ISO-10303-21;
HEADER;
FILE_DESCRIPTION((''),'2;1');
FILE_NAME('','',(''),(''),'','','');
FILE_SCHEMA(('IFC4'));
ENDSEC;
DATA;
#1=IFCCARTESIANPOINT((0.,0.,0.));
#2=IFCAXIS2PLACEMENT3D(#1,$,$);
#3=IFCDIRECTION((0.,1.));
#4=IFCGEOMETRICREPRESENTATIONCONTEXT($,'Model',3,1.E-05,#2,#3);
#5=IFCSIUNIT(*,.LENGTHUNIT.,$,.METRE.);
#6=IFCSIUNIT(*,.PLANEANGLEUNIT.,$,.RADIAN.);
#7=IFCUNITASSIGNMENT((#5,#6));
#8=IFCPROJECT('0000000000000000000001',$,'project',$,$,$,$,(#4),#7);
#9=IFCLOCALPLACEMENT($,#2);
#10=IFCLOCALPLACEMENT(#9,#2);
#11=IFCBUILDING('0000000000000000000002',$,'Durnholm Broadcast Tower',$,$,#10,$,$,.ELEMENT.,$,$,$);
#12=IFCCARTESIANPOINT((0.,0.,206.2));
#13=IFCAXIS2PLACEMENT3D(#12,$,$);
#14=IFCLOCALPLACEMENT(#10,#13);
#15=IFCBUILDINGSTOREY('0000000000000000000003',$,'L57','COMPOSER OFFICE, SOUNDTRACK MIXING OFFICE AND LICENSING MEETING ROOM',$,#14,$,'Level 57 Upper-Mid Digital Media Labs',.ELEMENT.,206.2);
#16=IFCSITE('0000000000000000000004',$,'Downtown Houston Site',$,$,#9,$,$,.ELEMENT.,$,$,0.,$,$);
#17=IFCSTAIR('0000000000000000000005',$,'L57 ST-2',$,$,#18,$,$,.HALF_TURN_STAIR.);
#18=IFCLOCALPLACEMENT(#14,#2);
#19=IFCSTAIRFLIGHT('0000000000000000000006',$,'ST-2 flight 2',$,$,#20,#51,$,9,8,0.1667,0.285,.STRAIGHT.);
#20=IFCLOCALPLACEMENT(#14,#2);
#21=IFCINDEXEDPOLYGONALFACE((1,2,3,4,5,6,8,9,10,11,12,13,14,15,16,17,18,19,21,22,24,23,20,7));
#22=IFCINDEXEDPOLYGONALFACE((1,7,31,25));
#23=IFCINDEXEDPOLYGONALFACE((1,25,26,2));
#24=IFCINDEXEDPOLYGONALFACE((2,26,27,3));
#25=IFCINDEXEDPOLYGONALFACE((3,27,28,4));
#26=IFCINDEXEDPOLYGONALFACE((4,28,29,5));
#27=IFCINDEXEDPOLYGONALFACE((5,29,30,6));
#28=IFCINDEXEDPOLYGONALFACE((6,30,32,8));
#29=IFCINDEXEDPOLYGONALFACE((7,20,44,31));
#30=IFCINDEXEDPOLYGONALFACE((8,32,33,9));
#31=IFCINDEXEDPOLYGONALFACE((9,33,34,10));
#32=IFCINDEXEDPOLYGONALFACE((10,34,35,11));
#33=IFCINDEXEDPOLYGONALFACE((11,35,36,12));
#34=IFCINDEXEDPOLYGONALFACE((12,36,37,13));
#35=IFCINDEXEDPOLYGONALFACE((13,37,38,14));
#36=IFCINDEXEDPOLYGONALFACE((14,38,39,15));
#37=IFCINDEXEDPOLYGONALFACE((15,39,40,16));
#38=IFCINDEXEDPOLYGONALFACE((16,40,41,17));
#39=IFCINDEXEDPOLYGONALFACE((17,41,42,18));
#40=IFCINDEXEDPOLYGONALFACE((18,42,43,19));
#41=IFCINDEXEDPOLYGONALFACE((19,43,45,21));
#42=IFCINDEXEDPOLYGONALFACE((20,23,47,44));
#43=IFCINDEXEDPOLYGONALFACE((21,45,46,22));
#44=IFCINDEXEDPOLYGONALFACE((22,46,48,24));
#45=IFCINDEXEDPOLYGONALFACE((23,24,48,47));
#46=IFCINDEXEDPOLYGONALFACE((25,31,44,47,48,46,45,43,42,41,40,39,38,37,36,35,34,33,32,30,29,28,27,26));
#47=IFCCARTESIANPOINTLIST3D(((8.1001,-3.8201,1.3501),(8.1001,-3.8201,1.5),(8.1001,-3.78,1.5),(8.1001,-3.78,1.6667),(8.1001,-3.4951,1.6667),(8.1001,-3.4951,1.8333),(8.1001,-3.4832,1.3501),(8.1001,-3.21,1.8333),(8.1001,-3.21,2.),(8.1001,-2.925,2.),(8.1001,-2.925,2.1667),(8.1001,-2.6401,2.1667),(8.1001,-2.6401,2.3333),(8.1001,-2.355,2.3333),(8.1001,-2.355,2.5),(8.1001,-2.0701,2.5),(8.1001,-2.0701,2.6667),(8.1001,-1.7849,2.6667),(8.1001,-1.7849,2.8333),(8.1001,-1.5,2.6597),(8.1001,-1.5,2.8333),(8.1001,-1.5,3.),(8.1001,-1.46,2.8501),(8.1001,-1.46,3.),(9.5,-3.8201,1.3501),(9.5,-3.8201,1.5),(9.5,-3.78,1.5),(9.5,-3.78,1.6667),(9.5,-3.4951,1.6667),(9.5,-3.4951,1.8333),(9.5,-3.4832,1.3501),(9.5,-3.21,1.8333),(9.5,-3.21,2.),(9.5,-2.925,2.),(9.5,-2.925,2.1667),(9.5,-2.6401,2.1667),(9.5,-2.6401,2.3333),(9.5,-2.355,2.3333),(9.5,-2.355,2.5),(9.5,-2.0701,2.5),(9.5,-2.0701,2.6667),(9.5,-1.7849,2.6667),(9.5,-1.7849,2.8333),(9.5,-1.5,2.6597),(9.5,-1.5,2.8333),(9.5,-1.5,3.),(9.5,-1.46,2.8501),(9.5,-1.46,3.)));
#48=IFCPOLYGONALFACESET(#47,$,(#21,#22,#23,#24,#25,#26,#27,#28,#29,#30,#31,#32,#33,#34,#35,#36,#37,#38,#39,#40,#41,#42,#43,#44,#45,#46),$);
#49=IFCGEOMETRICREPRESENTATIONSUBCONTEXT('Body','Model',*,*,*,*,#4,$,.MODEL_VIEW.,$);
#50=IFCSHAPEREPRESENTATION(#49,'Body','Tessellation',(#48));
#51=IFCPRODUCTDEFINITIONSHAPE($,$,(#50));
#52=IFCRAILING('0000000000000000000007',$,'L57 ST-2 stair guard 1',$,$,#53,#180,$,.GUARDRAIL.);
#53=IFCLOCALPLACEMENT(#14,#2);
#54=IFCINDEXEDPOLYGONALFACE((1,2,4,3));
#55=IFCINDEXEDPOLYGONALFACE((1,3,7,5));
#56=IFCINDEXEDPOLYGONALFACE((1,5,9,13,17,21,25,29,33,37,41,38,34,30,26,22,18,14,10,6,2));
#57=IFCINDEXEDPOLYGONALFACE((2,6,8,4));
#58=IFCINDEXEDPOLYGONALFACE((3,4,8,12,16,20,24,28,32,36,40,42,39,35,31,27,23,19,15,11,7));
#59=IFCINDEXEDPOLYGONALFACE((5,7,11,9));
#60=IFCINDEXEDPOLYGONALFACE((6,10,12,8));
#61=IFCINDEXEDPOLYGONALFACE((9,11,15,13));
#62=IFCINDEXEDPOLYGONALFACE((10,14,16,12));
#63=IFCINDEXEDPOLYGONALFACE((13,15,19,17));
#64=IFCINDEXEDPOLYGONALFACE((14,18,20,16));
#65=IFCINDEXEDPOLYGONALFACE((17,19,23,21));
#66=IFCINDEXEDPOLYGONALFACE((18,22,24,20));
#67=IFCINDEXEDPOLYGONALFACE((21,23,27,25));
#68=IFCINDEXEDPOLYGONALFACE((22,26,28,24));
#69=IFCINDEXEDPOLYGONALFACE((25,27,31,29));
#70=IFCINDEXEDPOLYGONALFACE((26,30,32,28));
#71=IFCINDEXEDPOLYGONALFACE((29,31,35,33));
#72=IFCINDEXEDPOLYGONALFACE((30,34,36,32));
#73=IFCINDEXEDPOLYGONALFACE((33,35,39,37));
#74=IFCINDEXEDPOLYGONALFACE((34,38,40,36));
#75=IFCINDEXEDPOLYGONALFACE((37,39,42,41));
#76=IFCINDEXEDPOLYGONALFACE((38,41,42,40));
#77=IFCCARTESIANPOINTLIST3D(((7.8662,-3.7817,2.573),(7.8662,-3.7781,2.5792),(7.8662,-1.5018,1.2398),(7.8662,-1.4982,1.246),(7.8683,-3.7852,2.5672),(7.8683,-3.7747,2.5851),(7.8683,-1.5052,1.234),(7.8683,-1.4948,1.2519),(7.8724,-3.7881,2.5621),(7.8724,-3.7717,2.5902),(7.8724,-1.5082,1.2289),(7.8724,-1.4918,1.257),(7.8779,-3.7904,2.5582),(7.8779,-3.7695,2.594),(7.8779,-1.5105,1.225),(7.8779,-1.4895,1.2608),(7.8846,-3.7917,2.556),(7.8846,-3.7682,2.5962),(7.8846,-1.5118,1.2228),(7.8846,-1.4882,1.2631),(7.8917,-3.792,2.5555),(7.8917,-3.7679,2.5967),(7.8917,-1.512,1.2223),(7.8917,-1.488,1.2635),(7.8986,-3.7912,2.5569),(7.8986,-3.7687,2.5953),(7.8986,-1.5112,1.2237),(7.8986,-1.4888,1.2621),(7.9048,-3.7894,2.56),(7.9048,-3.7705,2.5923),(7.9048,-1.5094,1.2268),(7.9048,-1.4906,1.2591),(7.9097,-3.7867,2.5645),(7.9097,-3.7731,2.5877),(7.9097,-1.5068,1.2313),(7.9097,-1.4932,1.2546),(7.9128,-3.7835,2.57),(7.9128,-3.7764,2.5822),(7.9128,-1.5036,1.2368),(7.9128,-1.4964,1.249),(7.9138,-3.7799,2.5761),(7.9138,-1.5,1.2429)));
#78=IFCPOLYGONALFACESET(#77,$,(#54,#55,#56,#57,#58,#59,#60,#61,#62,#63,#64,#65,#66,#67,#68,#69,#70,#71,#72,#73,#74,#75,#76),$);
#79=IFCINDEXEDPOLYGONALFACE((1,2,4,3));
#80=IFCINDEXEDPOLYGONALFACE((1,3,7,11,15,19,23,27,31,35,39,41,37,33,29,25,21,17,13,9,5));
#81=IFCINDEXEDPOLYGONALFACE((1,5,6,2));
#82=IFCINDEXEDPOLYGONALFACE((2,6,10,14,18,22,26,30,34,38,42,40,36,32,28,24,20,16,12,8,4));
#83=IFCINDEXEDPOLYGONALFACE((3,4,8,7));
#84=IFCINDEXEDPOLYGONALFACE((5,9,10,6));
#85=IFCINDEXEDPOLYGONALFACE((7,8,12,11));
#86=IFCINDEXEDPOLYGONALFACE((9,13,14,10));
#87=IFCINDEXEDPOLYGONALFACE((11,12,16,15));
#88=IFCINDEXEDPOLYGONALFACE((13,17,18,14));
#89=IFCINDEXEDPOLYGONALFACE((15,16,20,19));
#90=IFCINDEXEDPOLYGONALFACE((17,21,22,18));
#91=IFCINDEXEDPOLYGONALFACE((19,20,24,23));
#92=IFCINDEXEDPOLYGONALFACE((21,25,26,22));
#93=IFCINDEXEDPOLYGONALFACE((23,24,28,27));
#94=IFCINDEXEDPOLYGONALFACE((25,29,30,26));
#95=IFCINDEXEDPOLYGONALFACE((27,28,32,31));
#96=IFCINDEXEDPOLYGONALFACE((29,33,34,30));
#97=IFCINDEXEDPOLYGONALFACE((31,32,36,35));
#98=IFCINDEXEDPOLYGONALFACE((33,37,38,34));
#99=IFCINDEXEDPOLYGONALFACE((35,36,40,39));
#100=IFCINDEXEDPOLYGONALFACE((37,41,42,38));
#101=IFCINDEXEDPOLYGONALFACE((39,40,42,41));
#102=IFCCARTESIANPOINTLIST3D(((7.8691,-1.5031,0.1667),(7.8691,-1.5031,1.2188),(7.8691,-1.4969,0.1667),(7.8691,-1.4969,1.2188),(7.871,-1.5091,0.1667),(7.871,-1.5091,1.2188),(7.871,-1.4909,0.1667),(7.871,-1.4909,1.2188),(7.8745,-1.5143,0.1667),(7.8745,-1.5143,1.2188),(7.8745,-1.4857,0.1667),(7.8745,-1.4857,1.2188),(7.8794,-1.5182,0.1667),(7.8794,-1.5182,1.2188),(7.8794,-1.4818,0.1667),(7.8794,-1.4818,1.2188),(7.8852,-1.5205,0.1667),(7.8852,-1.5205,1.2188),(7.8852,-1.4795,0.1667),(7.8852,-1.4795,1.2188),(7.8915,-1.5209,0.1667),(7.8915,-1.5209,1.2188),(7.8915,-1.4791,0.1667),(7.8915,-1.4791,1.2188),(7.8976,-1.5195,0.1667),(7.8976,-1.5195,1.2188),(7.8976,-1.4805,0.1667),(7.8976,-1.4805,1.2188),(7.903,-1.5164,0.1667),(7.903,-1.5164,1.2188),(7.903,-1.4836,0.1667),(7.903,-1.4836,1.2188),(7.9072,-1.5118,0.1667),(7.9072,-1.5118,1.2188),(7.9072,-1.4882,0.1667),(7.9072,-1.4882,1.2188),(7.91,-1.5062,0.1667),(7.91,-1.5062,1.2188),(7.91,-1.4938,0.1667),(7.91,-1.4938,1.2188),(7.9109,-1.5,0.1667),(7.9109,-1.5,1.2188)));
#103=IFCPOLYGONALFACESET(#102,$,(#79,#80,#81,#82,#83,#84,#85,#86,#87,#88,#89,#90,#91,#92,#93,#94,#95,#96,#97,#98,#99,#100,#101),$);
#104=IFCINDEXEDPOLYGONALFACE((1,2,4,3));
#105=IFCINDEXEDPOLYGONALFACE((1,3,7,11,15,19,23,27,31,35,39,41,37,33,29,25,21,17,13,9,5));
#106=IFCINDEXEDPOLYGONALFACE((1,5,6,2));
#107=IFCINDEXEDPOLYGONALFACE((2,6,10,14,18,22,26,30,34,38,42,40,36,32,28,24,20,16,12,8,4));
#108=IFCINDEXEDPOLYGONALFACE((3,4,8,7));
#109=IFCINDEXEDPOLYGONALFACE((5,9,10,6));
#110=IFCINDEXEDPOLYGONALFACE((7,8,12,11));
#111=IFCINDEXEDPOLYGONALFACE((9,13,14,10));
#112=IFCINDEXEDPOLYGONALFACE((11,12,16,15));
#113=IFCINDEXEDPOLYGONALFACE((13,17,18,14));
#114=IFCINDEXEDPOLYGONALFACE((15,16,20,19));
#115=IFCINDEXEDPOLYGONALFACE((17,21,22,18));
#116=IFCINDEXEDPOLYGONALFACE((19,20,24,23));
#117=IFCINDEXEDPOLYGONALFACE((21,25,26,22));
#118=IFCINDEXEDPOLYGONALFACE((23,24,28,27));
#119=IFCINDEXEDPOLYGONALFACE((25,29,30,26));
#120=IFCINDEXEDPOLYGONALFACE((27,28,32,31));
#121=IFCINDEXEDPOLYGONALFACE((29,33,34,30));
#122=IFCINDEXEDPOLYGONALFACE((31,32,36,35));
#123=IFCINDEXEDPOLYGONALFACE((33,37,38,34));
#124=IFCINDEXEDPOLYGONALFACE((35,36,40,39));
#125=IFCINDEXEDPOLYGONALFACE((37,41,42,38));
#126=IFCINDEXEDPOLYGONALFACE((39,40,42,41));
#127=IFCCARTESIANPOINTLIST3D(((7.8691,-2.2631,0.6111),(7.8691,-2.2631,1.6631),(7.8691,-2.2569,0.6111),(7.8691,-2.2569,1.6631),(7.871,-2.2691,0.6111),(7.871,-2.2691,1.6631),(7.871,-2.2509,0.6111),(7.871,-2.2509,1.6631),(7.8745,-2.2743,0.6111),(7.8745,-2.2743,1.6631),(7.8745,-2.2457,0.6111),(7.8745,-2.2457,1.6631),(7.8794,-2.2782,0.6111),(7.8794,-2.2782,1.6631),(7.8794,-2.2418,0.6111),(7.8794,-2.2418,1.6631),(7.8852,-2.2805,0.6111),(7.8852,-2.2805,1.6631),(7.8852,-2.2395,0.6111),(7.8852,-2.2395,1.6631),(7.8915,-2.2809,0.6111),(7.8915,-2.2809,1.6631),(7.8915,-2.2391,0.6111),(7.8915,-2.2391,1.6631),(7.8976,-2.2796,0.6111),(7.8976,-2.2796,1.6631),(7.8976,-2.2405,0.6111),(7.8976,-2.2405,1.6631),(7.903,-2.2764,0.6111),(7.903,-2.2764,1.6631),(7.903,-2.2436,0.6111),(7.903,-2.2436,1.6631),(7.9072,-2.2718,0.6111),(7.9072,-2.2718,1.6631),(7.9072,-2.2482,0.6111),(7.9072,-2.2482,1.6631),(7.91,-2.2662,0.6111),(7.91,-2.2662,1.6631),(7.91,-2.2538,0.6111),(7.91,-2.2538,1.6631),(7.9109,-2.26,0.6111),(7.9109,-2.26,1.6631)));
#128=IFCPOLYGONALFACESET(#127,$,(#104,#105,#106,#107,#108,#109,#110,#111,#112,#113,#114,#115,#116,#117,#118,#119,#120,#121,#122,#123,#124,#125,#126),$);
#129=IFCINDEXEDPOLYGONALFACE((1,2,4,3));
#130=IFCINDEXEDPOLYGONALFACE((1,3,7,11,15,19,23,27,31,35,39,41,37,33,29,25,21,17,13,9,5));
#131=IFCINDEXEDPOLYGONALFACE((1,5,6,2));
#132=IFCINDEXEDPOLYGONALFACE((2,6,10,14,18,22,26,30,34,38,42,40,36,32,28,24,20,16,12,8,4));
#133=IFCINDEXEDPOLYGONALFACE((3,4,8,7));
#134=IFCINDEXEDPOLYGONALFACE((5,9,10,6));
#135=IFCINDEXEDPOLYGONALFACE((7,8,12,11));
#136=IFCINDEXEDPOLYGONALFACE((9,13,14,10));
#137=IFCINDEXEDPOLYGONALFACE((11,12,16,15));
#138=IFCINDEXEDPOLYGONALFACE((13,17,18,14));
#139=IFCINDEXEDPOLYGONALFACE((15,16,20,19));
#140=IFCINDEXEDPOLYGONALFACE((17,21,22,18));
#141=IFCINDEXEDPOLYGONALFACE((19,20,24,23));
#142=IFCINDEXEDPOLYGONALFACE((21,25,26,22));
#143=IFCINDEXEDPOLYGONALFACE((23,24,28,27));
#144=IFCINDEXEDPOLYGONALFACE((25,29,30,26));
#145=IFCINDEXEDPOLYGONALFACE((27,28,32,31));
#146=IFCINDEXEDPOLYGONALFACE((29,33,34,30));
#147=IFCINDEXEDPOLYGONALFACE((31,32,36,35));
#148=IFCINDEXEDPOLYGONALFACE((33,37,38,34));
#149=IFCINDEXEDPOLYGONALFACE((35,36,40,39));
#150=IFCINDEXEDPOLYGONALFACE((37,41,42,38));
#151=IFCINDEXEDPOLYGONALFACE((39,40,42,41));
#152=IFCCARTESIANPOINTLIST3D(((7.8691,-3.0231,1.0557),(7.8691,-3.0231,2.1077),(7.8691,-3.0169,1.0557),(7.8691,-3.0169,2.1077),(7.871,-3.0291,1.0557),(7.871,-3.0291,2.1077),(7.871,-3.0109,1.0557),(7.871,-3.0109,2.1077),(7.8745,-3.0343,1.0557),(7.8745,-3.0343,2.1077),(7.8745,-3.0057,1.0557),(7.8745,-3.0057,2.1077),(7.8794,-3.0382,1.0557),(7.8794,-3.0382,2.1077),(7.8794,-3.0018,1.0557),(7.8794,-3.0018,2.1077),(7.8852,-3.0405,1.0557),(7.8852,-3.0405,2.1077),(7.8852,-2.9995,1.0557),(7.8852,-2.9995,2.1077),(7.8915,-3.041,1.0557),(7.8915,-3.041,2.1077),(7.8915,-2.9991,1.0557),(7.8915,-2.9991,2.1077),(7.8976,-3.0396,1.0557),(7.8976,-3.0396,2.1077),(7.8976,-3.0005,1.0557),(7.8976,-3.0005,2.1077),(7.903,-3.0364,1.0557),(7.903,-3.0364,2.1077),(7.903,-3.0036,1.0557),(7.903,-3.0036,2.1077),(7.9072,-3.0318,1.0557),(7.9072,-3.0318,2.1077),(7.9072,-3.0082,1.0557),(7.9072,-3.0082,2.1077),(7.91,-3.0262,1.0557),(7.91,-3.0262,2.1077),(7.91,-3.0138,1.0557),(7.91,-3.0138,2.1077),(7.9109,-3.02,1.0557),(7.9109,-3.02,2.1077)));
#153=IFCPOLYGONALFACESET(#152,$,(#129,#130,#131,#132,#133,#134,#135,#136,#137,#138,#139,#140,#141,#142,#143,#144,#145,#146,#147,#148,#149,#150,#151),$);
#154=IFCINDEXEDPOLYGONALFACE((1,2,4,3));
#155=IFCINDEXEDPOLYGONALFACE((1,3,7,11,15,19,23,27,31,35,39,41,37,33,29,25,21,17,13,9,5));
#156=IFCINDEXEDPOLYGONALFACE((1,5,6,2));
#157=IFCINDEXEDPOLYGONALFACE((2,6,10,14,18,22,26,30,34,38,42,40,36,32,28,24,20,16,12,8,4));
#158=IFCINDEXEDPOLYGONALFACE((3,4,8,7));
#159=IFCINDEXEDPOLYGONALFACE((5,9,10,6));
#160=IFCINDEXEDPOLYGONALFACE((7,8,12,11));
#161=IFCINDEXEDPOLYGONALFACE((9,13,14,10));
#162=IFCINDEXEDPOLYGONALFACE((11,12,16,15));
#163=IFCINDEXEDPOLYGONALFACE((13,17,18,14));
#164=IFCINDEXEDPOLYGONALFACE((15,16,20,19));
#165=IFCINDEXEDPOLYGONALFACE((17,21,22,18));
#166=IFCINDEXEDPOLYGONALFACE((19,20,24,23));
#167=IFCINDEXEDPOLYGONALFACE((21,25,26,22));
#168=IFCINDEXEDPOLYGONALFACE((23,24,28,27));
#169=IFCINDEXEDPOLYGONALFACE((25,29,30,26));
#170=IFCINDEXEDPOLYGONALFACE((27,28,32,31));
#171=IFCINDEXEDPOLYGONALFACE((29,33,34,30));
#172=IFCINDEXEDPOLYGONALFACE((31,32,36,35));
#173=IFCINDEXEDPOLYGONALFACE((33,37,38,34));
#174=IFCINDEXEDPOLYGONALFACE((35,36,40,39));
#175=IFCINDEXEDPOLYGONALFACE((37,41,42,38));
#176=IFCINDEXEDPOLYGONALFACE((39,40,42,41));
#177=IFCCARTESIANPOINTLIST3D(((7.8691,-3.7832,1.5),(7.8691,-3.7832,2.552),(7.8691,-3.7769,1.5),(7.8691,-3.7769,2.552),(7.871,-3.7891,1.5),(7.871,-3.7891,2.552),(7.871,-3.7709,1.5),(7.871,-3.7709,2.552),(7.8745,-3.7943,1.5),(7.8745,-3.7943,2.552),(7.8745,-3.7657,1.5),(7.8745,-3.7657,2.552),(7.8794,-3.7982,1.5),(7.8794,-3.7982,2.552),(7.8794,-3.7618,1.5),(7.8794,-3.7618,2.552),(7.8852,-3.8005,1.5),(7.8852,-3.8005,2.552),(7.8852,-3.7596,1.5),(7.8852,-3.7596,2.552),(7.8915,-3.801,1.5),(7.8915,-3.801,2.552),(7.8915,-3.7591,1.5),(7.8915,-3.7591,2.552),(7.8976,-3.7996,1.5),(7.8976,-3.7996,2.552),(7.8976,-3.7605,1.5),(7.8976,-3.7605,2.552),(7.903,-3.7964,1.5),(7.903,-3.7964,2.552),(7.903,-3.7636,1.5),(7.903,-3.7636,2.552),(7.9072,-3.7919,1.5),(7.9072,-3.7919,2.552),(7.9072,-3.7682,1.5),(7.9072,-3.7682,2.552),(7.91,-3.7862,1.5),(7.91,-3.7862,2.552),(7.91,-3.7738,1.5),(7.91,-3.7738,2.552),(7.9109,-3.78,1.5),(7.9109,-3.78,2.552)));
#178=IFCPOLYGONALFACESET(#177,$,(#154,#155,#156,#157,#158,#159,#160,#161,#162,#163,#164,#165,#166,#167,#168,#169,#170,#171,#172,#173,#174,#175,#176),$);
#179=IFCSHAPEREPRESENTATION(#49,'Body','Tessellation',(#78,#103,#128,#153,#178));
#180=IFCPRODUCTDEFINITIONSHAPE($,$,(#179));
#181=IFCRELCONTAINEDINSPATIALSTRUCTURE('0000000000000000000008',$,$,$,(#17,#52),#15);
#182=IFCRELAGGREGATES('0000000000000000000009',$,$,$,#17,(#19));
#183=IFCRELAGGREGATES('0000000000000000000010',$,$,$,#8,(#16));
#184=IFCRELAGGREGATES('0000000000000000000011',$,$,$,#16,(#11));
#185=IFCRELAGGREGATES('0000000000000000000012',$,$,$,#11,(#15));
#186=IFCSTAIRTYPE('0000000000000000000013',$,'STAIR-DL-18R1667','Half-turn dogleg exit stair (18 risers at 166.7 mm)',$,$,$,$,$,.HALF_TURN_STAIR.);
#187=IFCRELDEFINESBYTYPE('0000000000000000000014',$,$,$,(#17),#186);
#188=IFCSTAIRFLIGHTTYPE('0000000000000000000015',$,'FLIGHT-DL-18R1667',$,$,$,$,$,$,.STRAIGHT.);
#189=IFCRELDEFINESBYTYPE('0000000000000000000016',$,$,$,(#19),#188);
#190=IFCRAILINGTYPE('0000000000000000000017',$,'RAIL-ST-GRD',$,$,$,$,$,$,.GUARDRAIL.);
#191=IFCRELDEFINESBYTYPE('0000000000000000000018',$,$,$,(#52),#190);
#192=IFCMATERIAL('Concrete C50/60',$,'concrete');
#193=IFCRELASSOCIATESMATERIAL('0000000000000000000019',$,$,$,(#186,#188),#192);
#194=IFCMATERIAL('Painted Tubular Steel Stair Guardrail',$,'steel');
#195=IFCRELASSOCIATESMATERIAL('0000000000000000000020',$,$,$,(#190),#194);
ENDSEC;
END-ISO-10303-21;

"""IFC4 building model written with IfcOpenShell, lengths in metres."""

from ifc_helpers import new_model, si_unit, direction, frame, origin, origin_2d, place, context, subcontext, project, spatial, polyline, circle, outline, extrude, material, type_object, element, aggregate, save


model = new_model("IFC4")

# Units and contexts
model_context = context("Model", 3, precision=1e-05, world=origin(), true_north=direction((0.0, 1.0)))
body_context = subcontext(model_context, "Body", "Model", "MODEL_VIEW")
ifc_project = project(units=[si_unit("LENGTHUNIT", "METRE"), si_unit("PLANEANGLEUNIT", "RADIAN")], contexts=[model_context])

# Site, building, storey
site_placement = place(None, origin())
site = spatial("IfcSite", under=ifc_project, at=site_placement, Name="Downtown Houston Site", CompositionType="ELEMENT", RefElevation=0.0)
building_placement = place(site_placement, origin())
building = spatial("IfcBuilding", under=site, at=building_placement, Name="Durnholm Broadcast Tower", CompositionType="ELEMENT")
storey_placement = place(building_placement, frame((0.0, 0.0, 206.2)))
storey = spatial("IfcBuildingStorey", under=building, at=storey_placement, Name="L57", Description="COMPOSER OFFICE, SOUNDTRACK MIXING OFFICE AND LICENSING MEETING ROOM", LongName="Level 57 Upper-Mid Digital Media Labs", CompositionType="ELEMENT", Elevation=206.2)

# Shared definitions
ifc_material_1 = material(Name="Concrete C50/60", Category="concrete")

# Stair, stair flight
stair_type = type_object("IfcStairType", Name="STAIR-DL-18R1667", Description="Half-turn dogleg exit stair (18 risers at 166.7 mm)", PredefinedType="HALF_TURN_STAIR", material=ifc_material_1)
stair_placement = place(storey_placement, origin())
stair = element("IfcStair", 1, at=stair_placement, inside=storey, type_object=stair_type, Name="L57 ST-2", PredefinedType="HALF_TURN_STAIR")
stair_flight_type = type_object("IfcStairFlightType", Name="FLIGHT-DL-18R1667", PredefinedType="STRAIGHT", material=ifc_material_1)
stair_flight_1_placement = place(storey_placement, frame((8.8, -3.78, 1.5), z_axis=(0.0, 0.0, 1.0), x_axis=(0.0, 1.0, 0.0)))
stair_flight_1 = element("IfcStairFlight", 2, at=stair_flight_1_placement, type_object=stair_flight_type, Name="ST-2 flight 2", NumberOfRisers=9, NumberOfTreads=8, PredefinedType="STRAIGHT", RiserHeight=0.1667, TreadLength=0.285, context=body_context, shape_type="SweptSolid", body=[
    extrude(outline(polyline([(-0.04, -0.1499), (-0.04, 0.0), (0.0, 0.0), (0.0, 0.1667), (0.2849, 0.1667), (0.2849, 0.3333), (0.5701, 0.3333), (0.5701, 0.5), (0.855, 0.5), (0.855, 0.6667), (1.1399, 0.6667), (1.1399, 0.8333), (1.425, 0.8333), (1.425, 1.0), (1.71, 1.0), (1.71, 1.1667), (1.9951, 1.1667), (1.9951, 1.3333), (2.28, 1.3333), (2.28, 1.5), (2.3201, 1.5), (2.3201, 1.3501), (2.28, 1.1597), (0.2969, -0.1499), (-0.04, -0.1499)])), frame((0.0, 0.7, 0.0), z_axis=(0.0, -1.0, 0.0), x_axis=(1.0, 0.0, 0.0)), (0.0, 0.0, 1.0), 1.3999),
])
aggregate(stair, [stair_flight_1])

# Railing
ifc_material_2 = material(Name="Painted Tubular Steel Stair Guardrail", Category="steel")
railing_type_1 = type_object("IfcRailingType", Name="RAIL-ST-GRD", PredefinedType="GUARDRAIL", material=ifc_material_2)
railing_1_placement = place(storey_placement, frame((7.8899, -1.5, 0.1667)))
element("IfcRailing", 3, at=railing_1_placement, inside=storey, type_object=railing_type_1, Name="L57 ST-2 stair guard 1", PredefinedType="GUARDRAIL", context=body_context, shape_type="SweptSolid", body=[
    extrude(circle(Radius=0.0239, at=origin_2d()), frame((0.0, 0.0, 1.0762), z_axis=(0.0, -0.863245, 0.504785), x_axis=(1.0, 0.0, 0.0)), (0.0, 0.0, 1.0), 2.6411),
    extrude(circle(Radius=0.021, at=origin_2d()), origin(), (0.0, 0.0, 1.0), 1.052),
    extrude(circle(Radius=0.021, at=origin_2d()), frame((0.0, -0.76, 0.4443)), (0.0, 0.0, 1.0), 1.052),
    extrude(circle(Radius=0.021, at=origin_2d()), frame((0.0, -1.52, 0.8889)), (0.0, 0.0, 1.0), 1.052),
    extrude(circle(Radius=0.021, at=origin_2d()), frame((0.0, -2.28, 1.3333)), (0.0, 0.0, 1.0), 1.052),
])

save(model, "model.ifc")
